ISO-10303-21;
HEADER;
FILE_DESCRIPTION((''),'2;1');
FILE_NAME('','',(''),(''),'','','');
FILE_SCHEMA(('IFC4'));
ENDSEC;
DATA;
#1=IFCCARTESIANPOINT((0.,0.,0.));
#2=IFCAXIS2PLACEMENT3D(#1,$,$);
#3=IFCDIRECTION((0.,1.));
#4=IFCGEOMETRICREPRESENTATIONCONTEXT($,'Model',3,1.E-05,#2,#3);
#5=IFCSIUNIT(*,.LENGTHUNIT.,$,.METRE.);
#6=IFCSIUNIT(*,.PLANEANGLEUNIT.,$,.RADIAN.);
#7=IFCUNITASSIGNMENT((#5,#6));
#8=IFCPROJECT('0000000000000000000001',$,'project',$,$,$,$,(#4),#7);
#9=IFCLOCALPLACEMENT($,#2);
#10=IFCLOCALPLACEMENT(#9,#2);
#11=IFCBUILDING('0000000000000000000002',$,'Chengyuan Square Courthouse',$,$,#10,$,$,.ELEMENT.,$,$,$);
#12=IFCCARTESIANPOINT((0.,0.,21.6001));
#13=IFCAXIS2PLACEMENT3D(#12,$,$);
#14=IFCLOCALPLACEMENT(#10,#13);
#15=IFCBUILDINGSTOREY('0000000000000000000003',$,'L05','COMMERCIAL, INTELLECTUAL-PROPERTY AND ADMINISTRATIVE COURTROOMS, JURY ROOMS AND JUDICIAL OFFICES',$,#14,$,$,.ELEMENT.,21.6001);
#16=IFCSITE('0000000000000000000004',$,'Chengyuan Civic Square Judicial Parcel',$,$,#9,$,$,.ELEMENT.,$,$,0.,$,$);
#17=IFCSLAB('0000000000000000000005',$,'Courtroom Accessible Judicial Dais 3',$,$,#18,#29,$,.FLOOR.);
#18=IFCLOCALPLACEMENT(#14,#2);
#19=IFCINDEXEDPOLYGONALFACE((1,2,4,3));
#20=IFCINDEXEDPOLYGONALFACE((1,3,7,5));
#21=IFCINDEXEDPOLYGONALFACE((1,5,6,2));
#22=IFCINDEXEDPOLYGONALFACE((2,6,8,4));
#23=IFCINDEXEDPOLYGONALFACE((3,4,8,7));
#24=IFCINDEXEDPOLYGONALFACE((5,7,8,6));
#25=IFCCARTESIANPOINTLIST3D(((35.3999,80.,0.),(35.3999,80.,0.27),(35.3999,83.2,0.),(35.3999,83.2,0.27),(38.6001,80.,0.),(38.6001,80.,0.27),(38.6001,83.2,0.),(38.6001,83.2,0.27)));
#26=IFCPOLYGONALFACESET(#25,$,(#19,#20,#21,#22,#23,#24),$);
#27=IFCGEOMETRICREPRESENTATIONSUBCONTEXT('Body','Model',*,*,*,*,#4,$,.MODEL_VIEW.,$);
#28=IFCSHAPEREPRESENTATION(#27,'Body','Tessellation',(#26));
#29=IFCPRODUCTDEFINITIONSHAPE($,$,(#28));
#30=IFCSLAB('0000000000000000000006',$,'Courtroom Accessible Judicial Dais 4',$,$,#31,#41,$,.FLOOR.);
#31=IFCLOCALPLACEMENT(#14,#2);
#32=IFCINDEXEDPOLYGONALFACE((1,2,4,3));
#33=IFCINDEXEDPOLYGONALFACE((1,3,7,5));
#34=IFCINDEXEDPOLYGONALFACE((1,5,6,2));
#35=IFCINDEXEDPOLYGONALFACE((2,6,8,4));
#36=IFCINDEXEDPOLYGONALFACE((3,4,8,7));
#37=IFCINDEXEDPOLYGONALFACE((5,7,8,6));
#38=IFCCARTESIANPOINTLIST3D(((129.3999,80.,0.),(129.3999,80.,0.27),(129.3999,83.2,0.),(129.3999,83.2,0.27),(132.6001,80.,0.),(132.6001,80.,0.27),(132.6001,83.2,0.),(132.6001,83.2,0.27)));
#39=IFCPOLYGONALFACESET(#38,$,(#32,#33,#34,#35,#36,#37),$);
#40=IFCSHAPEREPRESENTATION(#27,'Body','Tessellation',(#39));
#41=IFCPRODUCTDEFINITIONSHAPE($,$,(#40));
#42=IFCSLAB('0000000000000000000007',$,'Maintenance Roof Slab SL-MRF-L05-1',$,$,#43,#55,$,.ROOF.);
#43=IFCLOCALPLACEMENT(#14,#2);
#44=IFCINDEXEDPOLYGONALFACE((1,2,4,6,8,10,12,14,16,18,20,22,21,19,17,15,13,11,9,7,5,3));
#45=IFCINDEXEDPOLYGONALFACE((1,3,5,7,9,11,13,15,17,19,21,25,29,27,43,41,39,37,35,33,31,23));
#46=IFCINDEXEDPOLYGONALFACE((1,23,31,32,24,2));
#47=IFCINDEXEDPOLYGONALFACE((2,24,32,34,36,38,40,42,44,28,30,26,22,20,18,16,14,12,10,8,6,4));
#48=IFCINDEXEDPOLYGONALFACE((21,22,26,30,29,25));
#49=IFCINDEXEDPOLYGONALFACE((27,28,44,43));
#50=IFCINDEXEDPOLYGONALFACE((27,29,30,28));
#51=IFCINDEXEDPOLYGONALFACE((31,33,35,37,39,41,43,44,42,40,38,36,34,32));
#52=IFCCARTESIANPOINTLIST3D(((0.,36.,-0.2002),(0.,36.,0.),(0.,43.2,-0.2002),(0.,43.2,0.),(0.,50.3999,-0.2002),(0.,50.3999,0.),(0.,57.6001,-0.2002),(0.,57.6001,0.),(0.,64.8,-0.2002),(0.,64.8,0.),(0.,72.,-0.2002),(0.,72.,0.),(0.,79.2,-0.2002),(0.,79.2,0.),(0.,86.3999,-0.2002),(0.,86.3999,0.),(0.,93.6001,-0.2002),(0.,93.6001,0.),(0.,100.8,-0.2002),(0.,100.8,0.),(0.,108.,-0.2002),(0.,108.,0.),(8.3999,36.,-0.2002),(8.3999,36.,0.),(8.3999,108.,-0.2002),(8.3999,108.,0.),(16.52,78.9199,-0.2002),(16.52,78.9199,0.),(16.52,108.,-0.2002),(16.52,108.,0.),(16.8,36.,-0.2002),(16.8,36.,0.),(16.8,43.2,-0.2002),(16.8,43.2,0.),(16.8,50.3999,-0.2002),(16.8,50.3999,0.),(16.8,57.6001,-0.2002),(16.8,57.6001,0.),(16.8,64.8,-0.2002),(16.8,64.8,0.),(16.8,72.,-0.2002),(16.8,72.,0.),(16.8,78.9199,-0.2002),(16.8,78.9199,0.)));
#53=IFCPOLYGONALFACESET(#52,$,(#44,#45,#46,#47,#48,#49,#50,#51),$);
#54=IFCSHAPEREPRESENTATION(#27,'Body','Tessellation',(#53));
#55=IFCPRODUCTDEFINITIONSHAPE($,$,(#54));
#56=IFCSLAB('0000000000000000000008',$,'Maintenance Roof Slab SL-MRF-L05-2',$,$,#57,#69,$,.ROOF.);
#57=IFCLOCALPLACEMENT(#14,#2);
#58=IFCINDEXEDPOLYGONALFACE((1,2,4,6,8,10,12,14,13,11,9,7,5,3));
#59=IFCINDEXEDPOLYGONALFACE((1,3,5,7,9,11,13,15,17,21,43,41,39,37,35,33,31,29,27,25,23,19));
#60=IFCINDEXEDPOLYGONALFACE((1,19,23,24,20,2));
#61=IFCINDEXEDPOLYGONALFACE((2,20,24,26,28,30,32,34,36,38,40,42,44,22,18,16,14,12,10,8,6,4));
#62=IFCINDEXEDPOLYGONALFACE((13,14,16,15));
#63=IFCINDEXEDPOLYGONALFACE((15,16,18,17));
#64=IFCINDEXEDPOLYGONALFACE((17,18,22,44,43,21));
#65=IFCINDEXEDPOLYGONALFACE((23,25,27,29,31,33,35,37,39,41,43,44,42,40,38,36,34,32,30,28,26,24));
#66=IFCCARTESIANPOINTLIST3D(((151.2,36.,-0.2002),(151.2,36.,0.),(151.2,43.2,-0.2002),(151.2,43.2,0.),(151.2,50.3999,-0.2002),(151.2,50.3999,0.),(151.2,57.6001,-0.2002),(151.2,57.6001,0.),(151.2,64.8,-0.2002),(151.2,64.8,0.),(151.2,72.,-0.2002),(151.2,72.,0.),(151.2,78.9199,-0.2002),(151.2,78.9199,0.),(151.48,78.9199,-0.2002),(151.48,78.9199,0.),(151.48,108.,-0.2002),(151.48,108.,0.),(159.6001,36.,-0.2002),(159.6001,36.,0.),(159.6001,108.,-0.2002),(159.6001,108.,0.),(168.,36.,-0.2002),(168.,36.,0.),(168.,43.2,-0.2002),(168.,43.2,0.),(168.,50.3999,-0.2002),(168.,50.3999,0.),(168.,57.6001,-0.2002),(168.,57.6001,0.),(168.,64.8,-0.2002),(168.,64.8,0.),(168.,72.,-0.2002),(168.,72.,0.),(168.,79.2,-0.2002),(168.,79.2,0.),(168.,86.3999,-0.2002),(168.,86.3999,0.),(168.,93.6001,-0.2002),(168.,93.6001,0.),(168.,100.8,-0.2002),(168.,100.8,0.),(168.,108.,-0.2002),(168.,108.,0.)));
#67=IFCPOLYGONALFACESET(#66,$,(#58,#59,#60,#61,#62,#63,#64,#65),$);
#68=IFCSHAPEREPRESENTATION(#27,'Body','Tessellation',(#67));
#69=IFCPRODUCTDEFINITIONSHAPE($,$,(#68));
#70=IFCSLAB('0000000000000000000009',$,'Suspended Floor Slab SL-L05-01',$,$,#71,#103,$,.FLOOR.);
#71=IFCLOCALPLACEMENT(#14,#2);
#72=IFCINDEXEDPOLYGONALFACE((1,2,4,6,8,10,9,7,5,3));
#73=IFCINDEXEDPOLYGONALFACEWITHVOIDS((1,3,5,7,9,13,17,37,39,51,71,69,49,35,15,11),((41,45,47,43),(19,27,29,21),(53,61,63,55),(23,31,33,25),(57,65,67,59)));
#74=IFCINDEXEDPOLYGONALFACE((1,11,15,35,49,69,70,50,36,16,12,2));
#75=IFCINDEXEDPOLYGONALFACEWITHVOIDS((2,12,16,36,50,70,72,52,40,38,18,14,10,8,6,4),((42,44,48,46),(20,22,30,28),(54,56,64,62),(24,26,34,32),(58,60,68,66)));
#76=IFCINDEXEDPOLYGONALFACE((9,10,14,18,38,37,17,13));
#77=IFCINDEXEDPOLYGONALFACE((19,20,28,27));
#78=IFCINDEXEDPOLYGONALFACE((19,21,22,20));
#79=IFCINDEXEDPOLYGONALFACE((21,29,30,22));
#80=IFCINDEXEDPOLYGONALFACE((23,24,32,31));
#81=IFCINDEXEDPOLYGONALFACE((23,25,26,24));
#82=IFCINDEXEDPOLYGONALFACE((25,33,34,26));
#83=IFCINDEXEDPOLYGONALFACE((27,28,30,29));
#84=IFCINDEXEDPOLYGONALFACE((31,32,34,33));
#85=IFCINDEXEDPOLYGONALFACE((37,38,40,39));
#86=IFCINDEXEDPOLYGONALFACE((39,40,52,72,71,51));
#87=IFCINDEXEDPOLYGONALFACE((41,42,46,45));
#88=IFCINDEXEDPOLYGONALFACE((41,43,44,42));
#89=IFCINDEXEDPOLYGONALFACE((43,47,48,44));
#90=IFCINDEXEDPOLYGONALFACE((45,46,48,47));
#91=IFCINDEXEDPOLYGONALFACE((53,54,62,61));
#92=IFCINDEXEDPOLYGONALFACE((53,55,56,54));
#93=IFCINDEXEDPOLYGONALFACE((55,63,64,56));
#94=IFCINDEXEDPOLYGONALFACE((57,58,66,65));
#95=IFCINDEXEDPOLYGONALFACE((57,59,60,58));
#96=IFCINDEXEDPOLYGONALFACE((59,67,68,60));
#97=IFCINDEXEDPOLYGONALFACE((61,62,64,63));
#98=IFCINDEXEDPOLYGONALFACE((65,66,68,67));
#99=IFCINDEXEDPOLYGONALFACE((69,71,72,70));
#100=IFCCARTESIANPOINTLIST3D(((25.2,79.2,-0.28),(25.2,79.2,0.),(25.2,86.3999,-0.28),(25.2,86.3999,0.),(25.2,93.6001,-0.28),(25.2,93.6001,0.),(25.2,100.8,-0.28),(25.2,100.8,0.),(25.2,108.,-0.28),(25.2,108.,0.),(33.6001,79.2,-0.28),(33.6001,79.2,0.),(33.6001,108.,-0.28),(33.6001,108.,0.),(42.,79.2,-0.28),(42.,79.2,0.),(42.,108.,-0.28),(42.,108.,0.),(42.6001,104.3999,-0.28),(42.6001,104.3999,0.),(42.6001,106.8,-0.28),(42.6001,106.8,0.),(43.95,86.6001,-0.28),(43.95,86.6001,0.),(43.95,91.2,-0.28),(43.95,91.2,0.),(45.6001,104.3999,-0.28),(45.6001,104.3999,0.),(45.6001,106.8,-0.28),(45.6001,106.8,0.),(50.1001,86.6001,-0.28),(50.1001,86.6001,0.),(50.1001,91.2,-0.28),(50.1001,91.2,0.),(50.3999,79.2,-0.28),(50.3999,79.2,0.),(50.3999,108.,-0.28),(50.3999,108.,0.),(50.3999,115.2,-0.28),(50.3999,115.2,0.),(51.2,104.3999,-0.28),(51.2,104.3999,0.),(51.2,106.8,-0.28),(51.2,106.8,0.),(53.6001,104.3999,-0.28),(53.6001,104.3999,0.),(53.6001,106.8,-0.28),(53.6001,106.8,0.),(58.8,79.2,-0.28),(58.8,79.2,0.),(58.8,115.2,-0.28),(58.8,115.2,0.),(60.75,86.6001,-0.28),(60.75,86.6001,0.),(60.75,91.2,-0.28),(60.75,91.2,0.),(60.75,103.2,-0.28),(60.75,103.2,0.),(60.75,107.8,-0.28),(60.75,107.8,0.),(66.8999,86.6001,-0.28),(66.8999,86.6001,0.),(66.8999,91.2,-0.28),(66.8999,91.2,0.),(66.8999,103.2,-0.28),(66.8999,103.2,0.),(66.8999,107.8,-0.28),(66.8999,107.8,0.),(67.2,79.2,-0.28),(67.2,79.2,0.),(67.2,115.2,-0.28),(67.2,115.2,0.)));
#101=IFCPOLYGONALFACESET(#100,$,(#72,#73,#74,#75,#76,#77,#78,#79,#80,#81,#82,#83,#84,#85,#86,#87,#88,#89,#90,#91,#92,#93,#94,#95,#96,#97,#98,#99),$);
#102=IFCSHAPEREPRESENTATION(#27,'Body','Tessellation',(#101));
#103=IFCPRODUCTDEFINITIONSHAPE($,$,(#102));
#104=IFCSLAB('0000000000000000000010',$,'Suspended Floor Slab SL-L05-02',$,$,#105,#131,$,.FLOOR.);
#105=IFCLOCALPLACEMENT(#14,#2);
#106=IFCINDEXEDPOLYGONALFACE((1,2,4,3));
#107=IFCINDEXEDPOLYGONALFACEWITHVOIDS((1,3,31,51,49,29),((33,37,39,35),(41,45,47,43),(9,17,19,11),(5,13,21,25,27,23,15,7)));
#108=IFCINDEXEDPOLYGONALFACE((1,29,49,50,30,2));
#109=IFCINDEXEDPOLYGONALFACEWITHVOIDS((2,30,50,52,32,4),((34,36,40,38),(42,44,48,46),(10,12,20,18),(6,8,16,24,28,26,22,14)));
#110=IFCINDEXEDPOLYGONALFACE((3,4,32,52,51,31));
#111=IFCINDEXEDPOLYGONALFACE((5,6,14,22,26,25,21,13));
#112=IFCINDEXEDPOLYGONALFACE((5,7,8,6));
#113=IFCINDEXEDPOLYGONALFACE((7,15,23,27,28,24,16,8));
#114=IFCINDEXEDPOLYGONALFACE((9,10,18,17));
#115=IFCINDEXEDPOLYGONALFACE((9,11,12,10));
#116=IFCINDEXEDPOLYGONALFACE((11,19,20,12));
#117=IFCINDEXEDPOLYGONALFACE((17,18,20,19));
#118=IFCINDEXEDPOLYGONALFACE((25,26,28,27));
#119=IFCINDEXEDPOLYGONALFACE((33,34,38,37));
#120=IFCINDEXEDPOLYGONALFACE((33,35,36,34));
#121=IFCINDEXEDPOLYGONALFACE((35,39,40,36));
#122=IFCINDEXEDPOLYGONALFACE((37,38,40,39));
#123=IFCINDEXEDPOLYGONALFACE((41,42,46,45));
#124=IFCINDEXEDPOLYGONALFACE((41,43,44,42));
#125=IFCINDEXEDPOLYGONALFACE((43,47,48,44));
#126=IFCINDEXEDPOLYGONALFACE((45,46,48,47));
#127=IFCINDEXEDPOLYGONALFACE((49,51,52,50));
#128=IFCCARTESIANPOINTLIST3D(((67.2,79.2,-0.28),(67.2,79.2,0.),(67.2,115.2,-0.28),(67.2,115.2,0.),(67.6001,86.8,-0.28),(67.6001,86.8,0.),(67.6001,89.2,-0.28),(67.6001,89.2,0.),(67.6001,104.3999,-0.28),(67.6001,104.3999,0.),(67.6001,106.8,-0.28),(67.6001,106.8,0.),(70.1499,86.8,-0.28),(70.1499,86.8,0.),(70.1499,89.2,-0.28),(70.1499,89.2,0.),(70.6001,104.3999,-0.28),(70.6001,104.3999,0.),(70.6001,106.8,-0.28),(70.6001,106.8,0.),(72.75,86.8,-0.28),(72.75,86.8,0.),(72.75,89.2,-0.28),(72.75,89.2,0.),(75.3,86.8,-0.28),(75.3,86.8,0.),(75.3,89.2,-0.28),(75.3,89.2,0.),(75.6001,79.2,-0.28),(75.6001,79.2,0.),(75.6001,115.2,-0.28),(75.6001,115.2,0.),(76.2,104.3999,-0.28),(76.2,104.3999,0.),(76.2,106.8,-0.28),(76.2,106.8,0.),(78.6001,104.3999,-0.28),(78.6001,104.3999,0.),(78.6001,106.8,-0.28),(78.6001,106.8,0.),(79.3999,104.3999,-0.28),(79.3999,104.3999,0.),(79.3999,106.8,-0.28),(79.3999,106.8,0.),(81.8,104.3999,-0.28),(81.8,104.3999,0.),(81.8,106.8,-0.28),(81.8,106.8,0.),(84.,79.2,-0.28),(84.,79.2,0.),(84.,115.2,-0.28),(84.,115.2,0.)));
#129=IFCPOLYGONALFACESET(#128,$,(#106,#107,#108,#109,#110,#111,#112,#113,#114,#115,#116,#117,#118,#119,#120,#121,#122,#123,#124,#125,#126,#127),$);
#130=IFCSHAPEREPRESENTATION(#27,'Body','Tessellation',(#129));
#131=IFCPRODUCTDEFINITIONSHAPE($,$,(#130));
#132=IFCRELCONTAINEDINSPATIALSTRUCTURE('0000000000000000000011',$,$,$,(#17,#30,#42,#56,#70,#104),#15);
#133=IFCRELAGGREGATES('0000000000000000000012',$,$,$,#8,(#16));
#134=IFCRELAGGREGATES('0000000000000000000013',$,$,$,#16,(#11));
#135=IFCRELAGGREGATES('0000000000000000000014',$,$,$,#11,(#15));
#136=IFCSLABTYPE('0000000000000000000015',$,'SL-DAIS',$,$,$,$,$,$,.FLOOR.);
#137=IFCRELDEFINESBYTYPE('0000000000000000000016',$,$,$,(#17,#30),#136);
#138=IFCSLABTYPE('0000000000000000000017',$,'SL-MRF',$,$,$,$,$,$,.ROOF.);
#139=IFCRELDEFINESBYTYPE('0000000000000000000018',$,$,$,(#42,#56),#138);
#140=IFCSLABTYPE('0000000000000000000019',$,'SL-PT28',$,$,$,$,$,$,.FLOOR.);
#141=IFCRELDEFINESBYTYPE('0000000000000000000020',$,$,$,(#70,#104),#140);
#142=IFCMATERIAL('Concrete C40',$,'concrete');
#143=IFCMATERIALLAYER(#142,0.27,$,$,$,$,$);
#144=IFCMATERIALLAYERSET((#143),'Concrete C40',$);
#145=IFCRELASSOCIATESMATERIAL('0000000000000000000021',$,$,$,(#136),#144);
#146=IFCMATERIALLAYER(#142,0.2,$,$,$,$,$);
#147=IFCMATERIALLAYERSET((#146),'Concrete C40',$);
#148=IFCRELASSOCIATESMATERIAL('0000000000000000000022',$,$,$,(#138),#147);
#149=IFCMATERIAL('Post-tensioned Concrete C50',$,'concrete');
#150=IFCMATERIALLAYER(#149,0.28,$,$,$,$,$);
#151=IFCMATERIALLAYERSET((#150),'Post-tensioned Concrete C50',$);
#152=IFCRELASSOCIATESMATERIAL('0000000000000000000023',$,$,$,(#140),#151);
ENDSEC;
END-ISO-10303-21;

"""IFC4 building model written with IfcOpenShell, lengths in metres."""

from ifc_helpers import new_model, si_unit, direction, frame, origin, place, context, subcontext, project, spatial, polyline, outline, extrude, material, layer, layer_set, type_object, element, save


model = new_model("IFC4")

# Units and contexts
model_context = context("Model", 3, precision=1e-05, world=origin(), true_north=direction((0.0, 1.0)))
body_context = subcontext(model_context, "Body", "Model", "MODEL_VIEW")
ifc_project = project(units=[si_unit("LENGTHUNIT", "METRE"), si_unit("PLANEANGLEUNIT", "RADIAN")], contexts=[model_context])

# Site, building, storey
site_placement = place(None, origin())
site = spatial("IfcSite", under=ifc_project, at=site_placement, Name="Chengyuan Civic Square Judicial Parcel", CompositionType="ELEMENT", RefElevation=0.0)
building_placement = place(site_placement, origin())
building = spatial("IfcBuilding", under=site, at=building_placement, Name="Chengyuan Square Courthouse", CompositionType="ELEMENT")
storey_placement = place(building_placement, frame((0.0, 0.0, 21.6001)))
storey = spatial("IfcBuildingStorey", under=building, at=storey_placement, Name="L05", Description="COMMERCIAL, INTELLECTUAL-PROPERTY AND ADMINISTRATIVE COURTROOMS, JURY ROOMS AND JUDICIAL OFFICES", CompositionType="ELEMENT", Elevation=21.6001)

# Slabs
ifc_material_1 = material(Name="Concrete C40", Category="concrete")
ifc_layer_1 = layer(ifc_material_1, 0.27)
ifc_layer_set_1 = layer_set([ifc_layer_1], Name="Concrete C40")
slab_type_1 = type_object("IfcSlabType", Name="SL-DAIS", PredefinedType="FLOOR", material=ifc_layer_set_1)
slab_1_placement = place(storey_placement, origin())
element("IfcSlab", 1, at=slab_1_placement, inside=storey, type_object=slab_type_1, Name="Courtroom Accessible Judicial Dais 3", PredefinedType="FLOOR", context=body_context, shape_type="SweptSolid", body=[
    extrude(outline(polyline([(35.3999, 80.0), (38.6001, 80.0), (38.6001, 83.2), (35.3999, 83.2), (35.3999, 80.0)])), origin(), (0.0, 0.0, 1.0), 0.27),
])
slab_2_placement = place(storey_placement, origin())
element("IfcSlab", 2, at=slab_2_placement, inside=storey, type_object=slab_type_1, Name="Courtroom Accessible Judicial Dais 4", PredefinedType="FLOOR", context=body_context, shape_type="SweptSolid", body=[
    extrude(outline(polyline([(129.3999, 80.0), (132.6001, 80.0), (132.6001, 83.2), (129.3999, 83.2), (129.3999, 80.0)])), origin(), (0.0, 0.0, 1.0), 0.27),
])
ifc_layer_2 = layer(ifc_material_1, 0.2)
ifc_layer_set_2 = layer_set([ifc_layer_2], Name="Concrete C40")
slab_type_2 = type_object("IfcSlabType", Name="SL-MRF", PredefinedType="ROOF", material=ifc_layer_set_2)
slab_3_placement = place(storey_placement, frame((0.0, 0.0, -0.2002)))
element("IfcSlab", 3, at=slab_3_placement, inside=storey, type_object=slab_type_2, Name="Maintenance Roof Slab SL-MRF-L05-1", PredefinedType="ROOF", context=body_context, shape_type="SweptSolid", body=[
    extrude(outline(polyline([(0.0, 57.6001), (0.0, 64.8), (0.0, 72.0), (0.0, 79.2), (0.0, 86.3999), (0.0, 93.6001), (0.0, 100.8), (0.0, 108.0), (8.3999, 108.0), (16.52, 108.0), (16.52, 78.9199), (16.8, 78.9199), (16.8, 72.0), (16.8, 64.8), (16.8, 57.6001), (16.8, 50.3999), (16.8, 43.2), (16.8, 36.0), (8.3999, 36.0), (0.0, 36.0), (0.0, 43.2), (0.0, 50.3999), (0.0, 57.6001)])), origin(), (0.0, 0.0, 1.0), 0.2002),
])
slab_4_placement = place(storey_placement, frame((0.0, 0.0, -0.2002)))
element("IfcSlab", 4, at=slab_4_placement, inside=storey, type_object=slab_type_2, Name="Maintenance Roof Slab SL-MRF-L05-2", PredefinedType="ROOF", context=body_context, shape_type="SweptSolid", body=[
    extrude(outline(polyline([(151.2, 57.6001), (151.2, 64.8), (151.2, 72.0), (151.2, 78.9199), (151.48, 78.9199), (151.48, 108.0), (159.6001, 108.0), (168.0, 108.0), (168.0, 100.8), (168.0, 93.6001), (168.0, 86.3999), (168.0, 79.2), (168.0, 72.0), (168.0, 64.8), (168.0, 57.6001), (168.0, 50.3999), (168.0, 43.2), (168.0, 36.0), (159.6001, 36.0), (151.2, 36.0), (151.2, 43.2), (151.2, 50.3999), (151.2, 57.6001)])), origin(), (0.0, 0.0, 1.0), 0.2002),
])
ifc_material_2 = material(Name="Post-tensioned Concrete C50", Category="concrete")
ifc_layer_3 = layer(ifc_material_2, 0.28)
ifc_layer_set_3 = layer_set([ifc_layer_3], Name="Post-tensioned Concrete C50")
slab_type_3 = type_object("IfcSlabType", Name="SL-PT28", PredefinedType="FLOOR", material=ifc_layer_set_3)
slab_5_placement = place(storey_placement, frame((0.0, 0.0, -0.28)))
element("IfcSlab", 5, at=slab_5_placement, inside=storey, type_object=slab_type_3, Name="Suspended Floor Slab SL-L05-01", PredefinedType="FLOOR", context=body_context, shape_type="SweptSolid", body=[
    extrude(outline(polyline([(25.2, 79.2), (25.2, 86.3999), (25.2, 93.6001), (25.2, 100.8), (25.2, 108.0), (33.6001, 108.0), (42.0, 108.0), (50.3999, 108.0), (50.3999, 115.2), (58.8, 115.2), (67.2, 115.2), (67.2, 79.2), (58.8, 79.2), (50.3999, 79.2), (42.0, 79.2), (33.6001, 79.2), (25.2, 79.2)]), holes=[polyline([(50.1001, 91.2), (43.95, 91.2), (43.95, 86.6001), (50.1001, 86.6001), (50.1001, 91.2)]), polyline([(66.8999, 91.2), (60.75, 91.2), (60.75, 86.6001), (66.8999, 86.6001), (66.8999, 91.2)]), polyline([(60.75, 107.8), (60.75, 103.2), (66.8999, 103.2), (66.8999, 107.8), (60.75, 107.8)]), polyline([(45.6001, 106.8), (42.6001, 106.8), (42.6001, 104.3999), (45.6001, 104.3999), (45.6001, 106.8)]), polyline([(53.6001, 106.8), (51.2, 106.8), (51.2, 104.3999), (53.6001, 104.3999), (53.6001, 106.8)])]), origin(), (0.0, 0.0, 1.0), 0.28),
])
slab_6_placement = place(storey_placement, frame((0.0, 0.0, -0.28)))
element("IfcSlab", 6, at=slab_6_placement, inside=storey, type_object=slab_type_3, Name="Suspended Floor Slab SL-L05-02", PredefinedType="FLOOR", context=body_context, shape_type="SweptSolid", body=[
    extrude(outline(polyline([(75.6001, 115.2), (84.0, 115.2), (84.0, 79.2), (75.6001, 79.2), (67.2, 79.2), (67.2, 115.2), (75.6001, 115.2)]), holes=[polyline([(67.6001, 89.2), (67.6001, 86.8), (70.1499, 86.8), (72.75, 86.8), (75.3, 86.8), (75.3, 89.2), (72.75, 89.2), (70.1499, 89.2), (67.6001, 89.2)]), polyline([(67.6001, 106.8), (67.6001, 104.3999), (70.6001, 104.3999), (70.6001, 106.8), (67.6001, 106.8)]), polyline([(78.6001, 106.8), (76.2, 106.8), (76.2, 104.3999), (78.6001, 104.3999), (78.6001, 106.8)]), polyline([(81.8, 106.8), (79.3999, 106.8), (79.3999, 104.3999), (81.8, 104.3999), (81.8, 106.8)])]), origin(), (0.0, 0.0, 1.0), 0.28),
])

save(model, "model.ifc")
